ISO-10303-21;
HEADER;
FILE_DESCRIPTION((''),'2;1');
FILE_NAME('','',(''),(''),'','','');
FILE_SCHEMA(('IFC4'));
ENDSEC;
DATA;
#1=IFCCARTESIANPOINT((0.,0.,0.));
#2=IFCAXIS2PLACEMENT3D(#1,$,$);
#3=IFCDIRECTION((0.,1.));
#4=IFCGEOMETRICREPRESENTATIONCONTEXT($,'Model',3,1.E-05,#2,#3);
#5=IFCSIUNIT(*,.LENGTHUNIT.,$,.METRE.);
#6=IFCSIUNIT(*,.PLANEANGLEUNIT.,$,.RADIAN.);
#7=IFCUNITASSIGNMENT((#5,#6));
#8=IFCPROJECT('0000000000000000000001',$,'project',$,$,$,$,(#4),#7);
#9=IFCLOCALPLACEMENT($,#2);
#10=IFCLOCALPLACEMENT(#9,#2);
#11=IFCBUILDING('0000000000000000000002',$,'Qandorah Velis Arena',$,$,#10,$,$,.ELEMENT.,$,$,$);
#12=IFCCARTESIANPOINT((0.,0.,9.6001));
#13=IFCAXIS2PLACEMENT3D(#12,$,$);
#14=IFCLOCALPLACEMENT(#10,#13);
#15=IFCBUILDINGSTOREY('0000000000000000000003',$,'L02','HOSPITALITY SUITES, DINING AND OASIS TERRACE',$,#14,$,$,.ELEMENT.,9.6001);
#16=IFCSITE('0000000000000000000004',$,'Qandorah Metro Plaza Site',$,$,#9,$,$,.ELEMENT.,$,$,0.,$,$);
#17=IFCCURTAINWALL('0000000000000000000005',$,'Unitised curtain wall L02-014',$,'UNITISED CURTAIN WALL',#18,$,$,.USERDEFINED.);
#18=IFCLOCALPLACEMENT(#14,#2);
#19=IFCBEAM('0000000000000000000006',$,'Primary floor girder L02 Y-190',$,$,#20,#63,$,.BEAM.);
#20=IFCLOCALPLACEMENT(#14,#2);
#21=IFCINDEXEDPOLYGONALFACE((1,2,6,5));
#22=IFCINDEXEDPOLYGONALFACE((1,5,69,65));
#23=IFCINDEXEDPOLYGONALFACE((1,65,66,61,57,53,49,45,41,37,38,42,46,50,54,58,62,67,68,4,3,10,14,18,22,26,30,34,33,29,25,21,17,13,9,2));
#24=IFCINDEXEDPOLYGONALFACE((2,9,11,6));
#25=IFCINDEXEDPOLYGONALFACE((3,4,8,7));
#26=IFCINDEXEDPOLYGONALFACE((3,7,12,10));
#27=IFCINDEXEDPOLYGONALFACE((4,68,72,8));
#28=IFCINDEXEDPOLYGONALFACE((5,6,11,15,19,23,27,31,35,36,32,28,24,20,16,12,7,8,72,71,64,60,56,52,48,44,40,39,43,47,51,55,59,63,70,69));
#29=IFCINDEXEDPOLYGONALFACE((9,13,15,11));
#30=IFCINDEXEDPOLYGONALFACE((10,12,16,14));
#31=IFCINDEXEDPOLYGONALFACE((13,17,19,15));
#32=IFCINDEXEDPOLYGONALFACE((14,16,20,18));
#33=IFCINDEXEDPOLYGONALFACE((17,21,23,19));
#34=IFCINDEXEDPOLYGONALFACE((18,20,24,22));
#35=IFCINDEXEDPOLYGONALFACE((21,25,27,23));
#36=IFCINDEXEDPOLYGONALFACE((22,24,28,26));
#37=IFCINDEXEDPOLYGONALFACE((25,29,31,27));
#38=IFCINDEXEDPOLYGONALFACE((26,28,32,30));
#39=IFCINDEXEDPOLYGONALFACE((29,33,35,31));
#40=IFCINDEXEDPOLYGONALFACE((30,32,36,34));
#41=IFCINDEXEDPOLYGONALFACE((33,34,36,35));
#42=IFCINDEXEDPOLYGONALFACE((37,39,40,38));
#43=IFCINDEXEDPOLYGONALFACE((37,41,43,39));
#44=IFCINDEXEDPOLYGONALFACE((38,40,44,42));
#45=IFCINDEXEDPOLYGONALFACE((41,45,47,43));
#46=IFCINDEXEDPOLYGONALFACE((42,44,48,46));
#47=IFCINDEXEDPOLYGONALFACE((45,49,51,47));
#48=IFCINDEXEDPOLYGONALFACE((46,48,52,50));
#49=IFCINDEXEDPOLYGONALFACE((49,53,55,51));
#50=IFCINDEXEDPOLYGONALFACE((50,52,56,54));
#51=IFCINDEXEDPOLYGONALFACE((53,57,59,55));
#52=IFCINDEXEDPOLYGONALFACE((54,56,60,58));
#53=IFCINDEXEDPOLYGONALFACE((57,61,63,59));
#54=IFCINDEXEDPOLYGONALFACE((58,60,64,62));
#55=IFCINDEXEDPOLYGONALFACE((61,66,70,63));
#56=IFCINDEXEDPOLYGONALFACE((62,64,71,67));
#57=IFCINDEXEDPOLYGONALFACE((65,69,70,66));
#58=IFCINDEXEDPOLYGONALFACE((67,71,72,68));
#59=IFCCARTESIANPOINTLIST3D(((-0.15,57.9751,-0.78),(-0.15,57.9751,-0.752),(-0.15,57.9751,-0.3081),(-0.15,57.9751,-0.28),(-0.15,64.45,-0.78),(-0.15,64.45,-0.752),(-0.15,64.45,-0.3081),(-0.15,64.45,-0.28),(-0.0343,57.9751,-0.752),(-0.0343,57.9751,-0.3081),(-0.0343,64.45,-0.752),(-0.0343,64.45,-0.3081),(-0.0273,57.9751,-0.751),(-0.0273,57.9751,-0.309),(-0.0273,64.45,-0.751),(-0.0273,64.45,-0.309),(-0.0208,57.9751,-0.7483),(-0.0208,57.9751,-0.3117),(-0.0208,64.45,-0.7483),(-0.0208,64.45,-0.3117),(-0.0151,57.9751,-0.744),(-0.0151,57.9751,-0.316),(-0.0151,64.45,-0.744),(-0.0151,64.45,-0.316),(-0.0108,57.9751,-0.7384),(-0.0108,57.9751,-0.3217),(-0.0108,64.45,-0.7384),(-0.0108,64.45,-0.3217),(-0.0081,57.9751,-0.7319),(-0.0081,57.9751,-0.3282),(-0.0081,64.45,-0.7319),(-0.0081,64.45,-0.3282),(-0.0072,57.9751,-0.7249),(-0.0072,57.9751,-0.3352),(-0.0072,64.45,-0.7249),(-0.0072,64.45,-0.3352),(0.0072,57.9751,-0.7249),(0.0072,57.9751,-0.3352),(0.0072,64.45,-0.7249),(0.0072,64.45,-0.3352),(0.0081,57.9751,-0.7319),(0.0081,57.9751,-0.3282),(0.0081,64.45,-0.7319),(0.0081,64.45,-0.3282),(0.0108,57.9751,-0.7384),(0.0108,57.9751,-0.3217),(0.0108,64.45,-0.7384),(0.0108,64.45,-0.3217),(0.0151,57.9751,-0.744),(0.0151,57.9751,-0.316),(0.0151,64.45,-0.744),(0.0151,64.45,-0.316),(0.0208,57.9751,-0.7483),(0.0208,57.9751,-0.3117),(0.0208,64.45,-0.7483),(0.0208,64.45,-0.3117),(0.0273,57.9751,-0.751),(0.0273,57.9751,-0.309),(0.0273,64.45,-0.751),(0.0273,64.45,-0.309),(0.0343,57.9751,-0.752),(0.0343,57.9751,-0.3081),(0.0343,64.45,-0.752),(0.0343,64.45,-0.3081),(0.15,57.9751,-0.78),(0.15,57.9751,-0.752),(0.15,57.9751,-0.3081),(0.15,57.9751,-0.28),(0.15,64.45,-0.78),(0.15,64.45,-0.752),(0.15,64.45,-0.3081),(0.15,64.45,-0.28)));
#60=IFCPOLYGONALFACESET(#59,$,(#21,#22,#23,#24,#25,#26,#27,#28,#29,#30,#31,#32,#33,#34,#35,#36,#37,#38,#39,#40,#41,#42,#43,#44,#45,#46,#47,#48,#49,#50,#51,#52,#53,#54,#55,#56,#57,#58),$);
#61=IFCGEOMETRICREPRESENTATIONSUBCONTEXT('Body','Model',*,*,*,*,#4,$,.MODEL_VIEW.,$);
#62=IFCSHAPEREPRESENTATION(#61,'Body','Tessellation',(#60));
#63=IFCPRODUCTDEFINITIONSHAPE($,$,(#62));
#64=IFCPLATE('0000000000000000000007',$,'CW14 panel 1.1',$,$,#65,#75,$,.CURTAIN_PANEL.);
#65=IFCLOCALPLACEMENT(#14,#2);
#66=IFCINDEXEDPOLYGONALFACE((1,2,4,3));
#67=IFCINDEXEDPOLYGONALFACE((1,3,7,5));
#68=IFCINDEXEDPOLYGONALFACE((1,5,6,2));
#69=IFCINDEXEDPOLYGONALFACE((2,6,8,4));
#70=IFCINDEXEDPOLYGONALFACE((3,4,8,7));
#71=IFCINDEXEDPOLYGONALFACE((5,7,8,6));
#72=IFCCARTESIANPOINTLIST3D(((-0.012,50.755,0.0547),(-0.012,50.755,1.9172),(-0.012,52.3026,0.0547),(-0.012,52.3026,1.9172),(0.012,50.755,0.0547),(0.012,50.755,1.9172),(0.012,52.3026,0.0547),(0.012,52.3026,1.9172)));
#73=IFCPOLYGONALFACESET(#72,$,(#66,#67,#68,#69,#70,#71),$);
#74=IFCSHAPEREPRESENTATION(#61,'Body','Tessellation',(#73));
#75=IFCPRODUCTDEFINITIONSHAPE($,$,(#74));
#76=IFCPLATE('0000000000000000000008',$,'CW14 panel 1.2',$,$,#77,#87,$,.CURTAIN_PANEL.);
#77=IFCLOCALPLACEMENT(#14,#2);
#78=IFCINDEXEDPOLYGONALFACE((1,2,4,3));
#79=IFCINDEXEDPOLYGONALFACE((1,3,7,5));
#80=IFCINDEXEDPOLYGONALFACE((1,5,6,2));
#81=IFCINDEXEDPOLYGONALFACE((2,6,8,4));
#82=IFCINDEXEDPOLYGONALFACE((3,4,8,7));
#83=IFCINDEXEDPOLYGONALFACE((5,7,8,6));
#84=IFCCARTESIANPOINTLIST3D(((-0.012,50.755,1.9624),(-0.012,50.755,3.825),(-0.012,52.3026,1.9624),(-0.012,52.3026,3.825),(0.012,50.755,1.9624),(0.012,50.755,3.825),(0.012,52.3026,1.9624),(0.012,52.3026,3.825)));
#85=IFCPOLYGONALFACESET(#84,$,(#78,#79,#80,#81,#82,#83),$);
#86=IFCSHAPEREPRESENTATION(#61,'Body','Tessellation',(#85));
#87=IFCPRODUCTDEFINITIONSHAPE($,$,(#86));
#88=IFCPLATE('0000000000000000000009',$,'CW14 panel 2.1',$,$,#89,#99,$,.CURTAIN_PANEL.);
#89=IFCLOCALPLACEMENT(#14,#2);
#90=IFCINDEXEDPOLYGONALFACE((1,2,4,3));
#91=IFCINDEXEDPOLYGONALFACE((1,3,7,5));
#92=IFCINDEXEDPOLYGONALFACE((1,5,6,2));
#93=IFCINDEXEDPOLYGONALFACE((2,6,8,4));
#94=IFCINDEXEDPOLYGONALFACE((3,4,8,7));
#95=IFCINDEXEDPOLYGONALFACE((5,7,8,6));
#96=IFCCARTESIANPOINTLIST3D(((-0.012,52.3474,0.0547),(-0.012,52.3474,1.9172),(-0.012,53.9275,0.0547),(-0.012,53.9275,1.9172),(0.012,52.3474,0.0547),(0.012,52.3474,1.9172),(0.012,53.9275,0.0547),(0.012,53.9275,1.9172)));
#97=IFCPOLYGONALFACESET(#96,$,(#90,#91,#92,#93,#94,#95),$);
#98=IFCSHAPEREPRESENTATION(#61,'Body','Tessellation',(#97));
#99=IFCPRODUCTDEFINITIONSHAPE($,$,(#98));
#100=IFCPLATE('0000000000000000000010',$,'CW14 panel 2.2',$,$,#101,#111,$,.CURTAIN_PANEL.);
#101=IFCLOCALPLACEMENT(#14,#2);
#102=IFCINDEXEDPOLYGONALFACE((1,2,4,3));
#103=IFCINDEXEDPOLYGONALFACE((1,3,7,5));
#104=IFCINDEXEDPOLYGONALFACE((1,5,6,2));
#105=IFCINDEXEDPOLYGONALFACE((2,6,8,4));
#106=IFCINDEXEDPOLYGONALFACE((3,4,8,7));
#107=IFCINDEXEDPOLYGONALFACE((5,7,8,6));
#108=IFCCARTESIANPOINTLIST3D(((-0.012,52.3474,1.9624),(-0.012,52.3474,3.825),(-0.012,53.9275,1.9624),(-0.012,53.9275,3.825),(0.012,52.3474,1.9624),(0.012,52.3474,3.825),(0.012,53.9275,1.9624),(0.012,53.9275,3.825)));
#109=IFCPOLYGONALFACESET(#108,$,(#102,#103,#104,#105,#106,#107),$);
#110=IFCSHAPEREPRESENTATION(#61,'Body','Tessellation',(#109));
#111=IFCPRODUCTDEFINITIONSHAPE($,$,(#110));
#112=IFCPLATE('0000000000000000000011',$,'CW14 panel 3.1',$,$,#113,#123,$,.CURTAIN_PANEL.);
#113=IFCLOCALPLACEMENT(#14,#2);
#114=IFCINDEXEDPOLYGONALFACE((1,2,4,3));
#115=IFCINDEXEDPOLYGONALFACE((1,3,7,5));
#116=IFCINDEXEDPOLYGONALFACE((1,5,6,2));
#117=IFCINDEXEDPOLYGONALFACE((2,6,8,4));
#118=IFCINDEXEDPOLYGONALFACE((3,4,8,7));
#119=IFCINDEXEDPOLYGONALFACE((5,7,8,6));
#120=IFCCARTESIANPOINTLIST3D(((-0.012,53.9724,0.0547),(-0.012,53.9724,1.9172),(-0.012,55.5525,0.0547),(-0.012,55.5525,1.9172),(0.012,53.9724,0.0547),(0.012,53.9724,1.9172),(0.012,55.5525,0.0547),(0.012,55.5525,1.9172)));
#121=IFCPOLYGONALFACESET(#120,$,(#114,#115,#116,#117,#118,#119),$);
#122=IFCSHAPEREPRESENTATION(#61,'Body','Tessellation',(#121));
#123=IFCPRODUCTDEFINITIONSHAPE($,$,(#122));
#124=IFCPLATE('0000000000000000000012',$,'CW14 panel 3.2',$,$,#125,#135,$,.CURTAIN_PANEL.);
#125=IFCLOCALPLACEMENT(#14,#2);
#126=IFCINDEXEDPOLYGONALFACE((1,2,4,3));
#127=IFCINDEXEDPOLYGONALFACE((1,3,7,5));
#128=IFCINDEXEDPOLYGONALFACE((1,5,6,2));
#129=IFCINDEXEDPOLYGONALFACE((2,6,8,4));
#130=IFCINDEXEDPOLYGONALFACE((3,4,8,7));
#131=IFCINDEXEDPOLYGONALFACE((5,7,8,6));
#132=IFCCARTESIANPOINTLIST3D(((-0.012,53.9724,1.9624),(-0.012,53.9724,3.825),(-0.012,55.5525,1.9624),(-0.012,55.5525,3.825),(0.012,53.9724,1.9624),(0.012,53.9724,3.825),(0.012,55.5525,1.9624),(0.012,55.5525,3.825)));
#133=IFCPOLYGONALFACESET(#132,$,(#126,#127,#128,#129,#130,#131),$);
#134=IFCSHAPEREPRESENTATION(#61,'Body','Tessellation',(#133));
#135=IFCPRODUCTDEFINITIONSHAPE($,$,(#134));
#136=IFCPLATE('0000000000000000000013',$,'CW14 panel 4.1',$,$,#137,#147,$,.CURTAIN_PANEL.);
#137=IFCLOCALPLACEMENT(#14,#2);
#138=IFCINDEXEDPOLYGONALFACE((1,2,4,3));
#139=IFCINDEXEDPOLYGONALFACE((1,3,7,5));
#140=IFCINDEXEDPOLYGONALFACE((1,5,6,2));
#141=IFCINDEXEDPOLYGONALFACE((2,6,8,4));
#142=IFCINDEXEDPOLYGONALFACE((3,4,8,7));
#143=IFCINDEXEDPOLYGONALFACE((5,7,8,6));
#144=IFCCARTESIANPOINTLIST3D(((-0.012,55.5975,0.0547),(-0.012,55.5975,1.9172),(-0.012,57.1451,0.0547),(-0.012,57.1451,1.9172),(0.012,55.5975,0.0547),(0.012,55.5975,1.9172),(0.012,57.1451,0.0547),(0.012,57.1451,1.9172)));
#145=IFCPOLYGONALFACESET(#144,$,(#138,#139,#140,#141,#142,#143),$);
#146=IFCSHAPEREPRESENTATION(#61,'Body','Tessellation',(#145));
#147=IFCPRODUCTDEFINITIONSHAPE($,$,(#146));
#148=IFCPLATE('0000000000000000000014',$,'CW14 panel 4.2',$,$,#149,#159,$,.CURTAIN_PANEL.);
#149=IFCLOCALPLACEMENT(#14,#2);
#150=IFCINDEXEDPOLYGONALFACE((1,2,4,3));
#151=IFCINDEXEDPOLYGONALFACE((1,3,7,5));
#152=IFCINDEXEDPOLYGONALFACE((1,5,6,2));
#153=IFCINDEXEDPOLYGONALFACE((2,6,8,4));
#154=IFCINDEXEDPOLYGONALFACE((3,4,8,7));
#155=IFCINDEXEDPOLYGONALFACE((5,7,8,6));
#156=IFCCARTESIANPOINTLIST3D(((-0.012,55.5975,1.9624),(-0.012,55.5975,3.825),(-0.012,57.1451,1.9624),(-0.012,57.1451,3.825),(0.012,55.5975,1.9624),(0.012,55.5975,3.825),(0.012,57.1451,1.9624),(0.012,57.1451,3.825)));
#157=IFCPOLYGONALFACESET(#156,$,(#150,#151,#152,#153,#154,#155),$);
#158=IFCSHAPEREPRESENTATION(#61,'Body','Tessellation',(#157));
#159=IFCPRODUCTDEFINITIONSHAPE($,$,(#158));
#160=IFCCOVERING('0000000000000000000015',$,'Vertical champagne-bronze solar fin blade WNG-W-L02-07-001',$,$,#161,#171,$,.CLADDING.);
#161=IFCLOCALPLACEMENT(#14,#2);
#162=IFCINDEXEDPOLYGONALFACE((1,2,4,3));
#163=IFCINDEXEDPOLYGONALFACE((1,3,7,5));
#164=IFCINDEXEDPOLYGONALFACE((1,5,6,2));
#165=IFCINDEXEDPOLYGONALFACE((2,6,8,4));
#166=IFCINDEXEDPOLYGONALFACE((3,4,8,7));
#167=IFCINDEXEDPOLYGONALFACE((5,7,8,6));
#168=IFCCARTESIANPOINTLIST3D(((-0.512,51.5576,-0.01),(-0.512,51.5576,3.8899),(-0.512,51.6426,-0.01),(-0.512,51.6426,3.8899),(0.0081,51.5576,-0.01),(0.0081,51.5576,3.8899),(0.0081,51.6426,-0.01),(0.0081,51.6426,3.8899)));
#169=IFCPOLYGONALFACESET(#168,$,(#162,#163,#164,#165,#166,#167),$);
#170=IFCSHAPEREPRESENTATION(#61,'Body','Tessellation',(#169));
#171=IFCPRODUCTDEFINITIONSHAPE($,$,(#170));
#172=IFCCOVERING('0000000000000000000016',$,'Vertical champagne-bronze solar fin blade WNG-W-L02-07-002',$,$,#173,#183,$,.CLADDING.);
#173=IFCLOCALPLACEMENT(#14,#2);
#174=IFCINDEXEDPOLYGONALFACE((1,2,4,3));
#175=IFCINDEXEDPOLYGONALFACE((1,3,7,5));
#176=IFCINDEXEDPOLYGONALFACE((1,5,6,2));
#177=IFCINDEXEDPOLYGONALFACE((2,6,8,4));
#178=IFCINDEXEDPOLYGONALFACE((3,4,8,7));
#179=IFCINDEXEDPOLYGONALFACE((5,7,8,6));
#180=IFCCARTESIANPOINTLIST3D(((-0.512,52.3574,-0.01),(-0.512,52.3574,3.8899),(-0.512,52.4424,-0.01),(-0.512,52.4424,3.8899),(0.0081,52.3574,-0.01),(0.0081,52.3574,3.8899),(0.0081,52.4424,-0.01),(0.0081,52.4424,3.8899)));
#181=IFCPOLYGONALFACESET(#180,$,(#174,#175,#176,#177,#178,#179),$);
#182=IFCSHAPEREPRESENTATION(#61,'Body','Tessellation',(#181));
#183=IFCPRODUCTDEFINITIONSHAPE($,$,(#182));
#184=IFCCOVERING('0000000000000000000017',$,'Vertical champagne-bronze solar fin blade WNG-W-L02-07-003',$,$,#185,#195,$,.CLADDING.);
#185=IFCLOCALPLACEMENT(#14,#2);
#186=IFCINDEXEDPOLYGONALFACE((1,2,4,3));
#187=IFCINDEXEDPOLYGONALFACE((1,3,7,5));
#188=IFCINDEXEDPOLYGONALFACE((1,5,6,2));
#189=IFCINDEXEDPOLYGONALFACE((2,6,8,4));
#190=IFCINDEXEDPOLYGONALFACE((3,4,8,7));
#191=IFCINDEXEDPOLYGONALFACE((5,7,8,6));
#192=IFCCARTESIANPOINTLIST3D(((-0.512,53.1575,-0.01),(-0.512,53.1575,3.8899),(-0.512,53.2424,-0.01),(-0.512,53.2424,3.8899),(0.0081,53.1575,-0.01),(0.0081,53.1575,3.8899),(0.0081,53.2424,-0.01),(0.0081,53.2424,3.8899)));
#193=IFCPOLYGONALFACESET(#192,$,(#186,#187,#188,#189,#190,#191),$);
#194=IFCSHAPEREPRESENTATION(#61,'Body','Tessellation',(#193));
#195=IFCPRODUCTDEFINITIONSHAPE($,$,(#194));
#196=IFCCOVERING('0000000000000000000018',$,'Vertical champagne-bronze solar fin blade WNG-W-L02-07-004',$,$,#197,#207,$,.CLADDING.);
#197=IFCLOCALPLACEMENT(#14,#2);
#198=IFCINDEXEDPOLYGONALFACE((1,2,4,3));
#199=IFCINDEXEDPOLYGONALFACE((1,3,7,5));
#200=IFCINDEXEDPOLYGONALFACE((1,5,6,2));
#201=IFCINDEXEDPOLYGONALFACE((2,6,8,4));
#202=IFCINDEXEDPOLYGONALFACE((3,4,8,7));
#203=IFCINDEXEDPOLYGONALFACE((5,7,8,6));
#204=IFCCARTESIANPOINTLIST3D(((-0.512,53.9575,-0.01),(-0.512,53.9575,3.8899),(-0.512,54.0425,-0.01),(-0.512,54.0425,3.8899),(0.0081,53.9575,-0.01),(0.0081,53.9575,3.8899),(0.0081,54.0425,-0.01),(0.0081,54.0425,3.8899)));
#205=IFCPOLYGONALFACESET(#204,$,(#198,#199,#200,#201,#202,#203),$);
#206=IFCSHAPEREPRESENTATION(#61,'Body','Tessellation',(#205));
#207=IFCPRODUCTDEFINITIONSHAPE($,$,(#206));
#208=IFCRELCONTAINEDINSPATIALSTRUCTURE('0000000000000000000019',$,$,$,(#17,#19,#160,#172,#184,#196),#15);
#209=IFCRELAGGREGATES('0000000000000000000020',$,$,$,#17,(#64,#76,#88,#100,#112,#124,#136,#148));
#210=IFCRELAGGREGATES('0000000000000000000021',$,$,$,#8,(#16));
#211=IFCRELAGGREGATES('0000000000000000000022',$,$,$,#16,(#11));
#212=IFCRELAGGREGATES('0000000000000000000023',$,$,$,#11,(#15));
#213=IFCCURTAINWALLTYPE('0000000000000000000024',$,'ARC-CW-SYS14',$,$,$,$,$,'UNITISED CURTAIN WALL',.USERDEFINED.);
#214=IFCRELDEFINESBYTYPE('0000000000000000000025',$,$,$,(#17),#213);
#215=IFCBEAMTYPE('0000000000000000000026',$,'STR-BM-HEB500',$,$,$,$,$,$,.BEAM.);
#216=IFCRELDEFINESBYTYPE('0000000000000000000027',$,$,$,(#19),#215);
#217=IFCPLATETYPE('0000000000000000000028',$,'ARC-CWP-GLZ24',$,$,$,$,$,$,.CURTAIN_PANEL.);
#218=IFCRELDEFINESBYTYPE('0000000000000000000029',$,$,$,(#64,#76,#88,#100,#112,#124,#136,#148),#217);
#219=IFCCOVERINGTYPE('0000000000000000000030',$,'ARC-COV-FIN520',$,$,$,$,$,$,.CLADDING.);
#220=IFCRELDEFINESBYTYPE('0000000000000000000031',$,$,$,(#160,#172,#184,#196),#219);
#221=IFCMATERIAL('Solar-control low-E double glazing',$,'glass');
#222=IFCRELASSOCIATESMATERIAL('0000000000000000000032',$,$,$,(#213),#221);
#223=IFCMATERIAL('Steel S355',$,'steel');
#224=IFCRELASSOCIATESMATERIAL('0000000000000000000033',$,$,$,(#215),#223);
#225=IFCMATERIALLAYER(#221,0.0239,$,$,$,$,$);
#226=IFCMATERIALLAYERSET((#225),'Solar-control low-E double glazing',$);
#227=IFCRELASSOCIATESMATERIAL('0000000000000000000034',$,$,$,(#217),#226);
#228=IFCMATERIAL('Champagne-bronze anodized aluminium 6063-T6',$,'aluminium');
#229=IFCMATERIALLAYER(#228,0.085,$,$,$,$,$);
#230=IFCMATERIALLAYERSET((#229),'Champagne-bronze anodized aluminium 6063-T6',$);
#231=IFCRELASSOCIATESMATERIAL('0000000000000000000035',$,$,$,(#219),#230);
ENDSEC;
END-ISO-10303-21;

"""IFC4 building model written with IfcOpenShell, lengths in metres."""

from ifc_helpers import new_model, si_unit, direction, frame, origin, origin_2d, place, context, subcontext, project, spatial, rectangle, i_section, extrude, material, layer, layer_set, material_profile, profile_set, type_object, element, aggregate, save


model = new_model("IFC4")

# Units and contexts
model_context = context("Model", 3, precision=1e-05, world=origin(), true_north=direction((0.0, 1.0)))
body_context = subcontext(model_context, "Body", "Model", "MODEL_VIEW")
ifc_project = project(units=[si_unit("LENGTHUNIT", "METRE"), si_unit("PLANEANGLEUNIT", "RADIAN")], contexts=[model_context])

# Site, building, storey
site_placement = place(None, origin())
site = spatial("IfcSite", under=ifc_project, at=site_placement, Name="Qandorah Metro Plaza Site", CompositionType="ELEMENT", RefElevation=0.0)
building_placement = place(site_placement, origin())
building = spatial("IfcBuilding", under=site, at=building_placement, Name="Qandorah Velis Arena", CompositionType="ELEMENT")
storey_placement = place(building_placement, frame((0.0, 0.0, 9.6001)))
storey = spatial("IfcBuildingStorey", under=building, at=storey_placement, Name="L02", Description="HOSPITALITY SUITES, DINING AND OASIS TERRACE", CompositionType="ELEMENT", Elevation=9.6001)

# Curtain wall
ifc_material_1 = material(Name="Solar-control low-E double glazing", Category="glass")
curtain_wall_type = type_object("IfcCurtainWallType", Name="ARC-CW-SYS14", ElementType="UNITISED CURTAIN WALL", PredefinedType="USERDEFINED", material=ifc_material_1)
curtain_wall_placement = place(storey_placement, origin())
curtain_wall = element("IfcCurtainWall", 1, at=curtain_wall_placement, inside=storey, type_object=curtain_wall_type, Name="Unitised curtain wall L02-014", ObjectType="UNITISED CURTAIN WALL", PredefinedType="USERDEFINED")
ifc_material_2 = material(Name="Champagne-bronze anodized aluminium 6063-T6", Category="aluminium")

# Beam
ifc_material_3 = material(Name="Steel S355", Category="steel")
ifc_material_profile_1 = material_profile(ifc_material_3, i_section(OverallWidth=0.3, OverallDepth=0.5, WebThickness=0.0144, FlangeThickness=0.0281, FilletRadius=0.0271, at=origin_2d()), Name="HEB 500")
ifc_profile_set_1 = profile_set([ifc_material_profile_1], Name="Steel S355")
beam_type = type_object("IfcBeamType", Name="STR-BM-HEB500", PredefinedType="BEAM", material=ifc_profile_set_1)
beam_1_placement = place(storey_placement, frame((0.0, 57.9751, -0.53), z_axis=(0.0, 1.0, 0.0), x_axis=(-1.0, 0.0, 0.0)))
element("IfcBeam", 2, at=beam_1_placement, inside=storey, type_object=beam_type, Name="Primary floor girder L02 Y-190", PredefinedType="BEAM", context=body_context, shape_type="SweptSolid", body=[
    extrude(i_section(OverallWidth=0.3, OverallDepth=0.5, WebThickness=0.0144, FlangeThickness=0.0281, FilletRadius=0.0271, at=origin_2d()), origin(), (0.0, 0.0, 1.0), 6.4749),
])

# Plates
ifc_layer_1 = layer(ifc_material_1, 0.0239)
ifc_layer_set_1 = layer_set([ifc_layer_1], Name="Solar-control low-E double glazing")
plate_type = type_object("IfcPlateType", Name="ARC-CWP-GLZ24", PredefinedType="CURTAIN_PANEL", material=ifc_layer_set_1)
plate_1_placement = place(storey_placement, frame((0.0, 51.5288, 0.0547), z_axis=(0.0, 0.0, 1.0), x_axis=(0.0, 1.0, 0.0)))
plate_1 = element("IfcPlate", 3, at=plate_1_placement, type_object=plate_type, Name="CW14 panel 1.1", PredefinedType="CURTAIN_PANEL", context=body_context, shape_type="SweptSolid", body=[
    extrude(rectangle(XDim=1.5476, YDim=0.0239, at=origin_2d()), origin(), (0.0, 0.0, 1.0), 1.8625),
])
plate_2_placement = place(storey_placement, frame((0.0, 51.5288, 1.9624), z_axis=(0.0, 0.0, 1.0), x_axis=(0.0, 1.0, 0.0)))
plate_2 = element("IfcPlate", 4, at=plate_2_placement, type_object=plate_type, Name="CW14 panel 1.2", PredefinedType="CURTAIN_PANEL", context=body_context, shape_type="SweptSolid", body=[
    extrude(rectangle(XDim=1.5476, YDim=0.0239, at=origin_2d()), origin(), (0.0, 0.0, 1.0), 1.8625),
])
plate_3_placement = place(storey_placement, frame((0.0, 53.1375, 0.0547), z_axis=(0.0, 0.0, 1.0), x_axis=(0.0, 1.0, 0.0)))
plate_3 = element("IfcPlate", 5, at=plate_3_placement, type_object=plate_type, Name="CW14 panel 2.1", PredefinedType="CURTAIN_PANEL", context=body_context, shape_type="SweptSolid", body=[
    extrude(rectangle(XDim=1.5801, YDim=0.0239, at=origin_2d()), origin(), (0.0, 0.0, 1.0), 1.8625),
])
plate_4_placement = place(storey_placement, frame((0.0, 53.1375, 1.9624), z_axis=(0.0, 0.0, 1.0), x_axis=(0.0, 1.0, 0.0)))
plate_4 = element("IfcPlate", 6, at=plate_4_placement, type_object=plate_type, Name="CW14 panel 2.2", PredefinedType="CURTAIN_PANEL", context=body_context, shape_type="SweptSolid", body=[
    extrude(rectangle(XDim=1.5801, YDim=0.0239, at=origin_2d()), origin(), (0.0, 0.0, 1.0), 1.8625),
])
plate_5_placement = place(storey_placement, frame((0.0, 54.7625, 0.0547), z_axis=(0.0, 0.0, 1.0), x_axis=(0.0, 1.0, 0.0)))
plate_5 = element("IfcPlate", 7, at=plate_5_placement, type_object=plate_type, Name="CW14 panel 3.1", PredefinedType="CURTAIN_PANEL", context=body_context, shape_type="SweptSolid", body=[
    extrude(rectangle(XDim=1.5801, YDim=0.0239, at=origin_2d()), origin(), (0.0, 0.0, 1.0), 1.8625),
])
plate_6_placement = place(storey_placement, frame((0.0, 54.7625, 1.9624), z_axis=(0.0, 0.0, 1.0), x_axis=(0.0, 1.0, 0.0)))
plate_6 = element("IfcPlate", 8, at=plate_6_placement, type_object=plate_type, Name="CW14 panel 3.2", PredefinedType="CURTAIN_PANEL", context=body_context, shape_type="SweptSolid", body=[
    extrude(rectangle(XDim=1.5801, YDim=0.0239, at=origin_2d()), origin(), (0.0, 0.0, 1.0), 1.8625),
])
plate_7_placement = place(storey_placement, frame((0.0, 56.3713, 0.0547), z_axis=(0.0, 0.0, 1.0), x_axis=(0.0, 1.0, 0.0)))
plate_7 = element("IfcPlate", 9, at=plate_7_placement, type_object=plate_type, Name="CW14 panel 4.1", PredefinedType="CURTAIN_PANEL", context=body_context, shape_type="SweptSolid", body=[
    extrude(rectangle(XDim=1.5476, YDim=0.0239, at=origin_2d()), origin(), (0.0, 0.0, 1.0), 1.8625),
])
plate_8_placement = place(storey_placement, frame((0.0, 56.3713, 1.9624), z_axis=(0.0, 0.0, 1.0), x_axis=(0.0, 1.0, 0.0)))
plate_8 = element("IfcPlate", 10, at=plate_8_placement, type_object=plate_type, Name="CW14 panel 4.2", PredefinedType="CURTAIN_PANEL", context=body_context, shape_type="SweptSolid", body=[
    extrude(rectangle(XDim=1.5476, YDim=0.0239, at=origin_2d()), origin(), (0.0, 0.0, 1.0), 1.8625),
])
aggregate(curtain_wall, [plate_1, plate_2, plate_3, plate_4, plate_5, plate_6, plate_7, plate_8])

# Coverings
ifc_layer_2 = layer(ifc_material_2, 0.085)
ifc_layer_set_2 = layer_set([ifc_layer_2], Name="Champagne-bronze anodized aluminium 6063-T6")
covering_type = type_object("IfcCoveringType", Name="ARC-COV-FIN520", PredefinedType="CLADDING", material=ifc_layer_set_2)
for number, where, z_axis, x_axis, name in (
    (11, (-0.252, 51.6001, -0.01), (0.0, 0.0, 1.0), (1.0, 0.0, 0.0), "Vertical champagne-bronze solar fin blade WNG-W-L02-07-001"),
    (12, (-0.252, 52.3999, -0.01), (0.0, 0.0, 1.0), (1.0, 0.0, 0.0), "Vertical champagne-bronze solar fin blade WNG-W-L02-07-002"),
    (13, (-0.252, 53.2, -0.01), (0.0, 0.0, 1.0), (1.0, 0.0, 0.0), "Vertical champagne-bronze solar fin blade WNG-W-L02-07-003"),
    (14, (-0.252, 54.0, -0.01), (0.0, 0.0, 1.0), (1.0, 0.0, 0.0), "Vertical champagne-bronze solar fin blade WNG-W-L02-07-004"),
):
    element("IfcCovering", number, at=place(storey_placement, frame(where, z_axis=z_axis, x_axis=x_axis)), inside=storey, type_object=covering_type, Name=name, PredefinedType="CLADDING", context=body_context, shape_type="SweptSolid", body=[
        extrude(rectangle(XDim=0.52, YDim=0.085, at=origin_2d()), origin(), (0.0, 0.0, 1.0), 3.8999),
    ])

save(model, "model.ifc")
